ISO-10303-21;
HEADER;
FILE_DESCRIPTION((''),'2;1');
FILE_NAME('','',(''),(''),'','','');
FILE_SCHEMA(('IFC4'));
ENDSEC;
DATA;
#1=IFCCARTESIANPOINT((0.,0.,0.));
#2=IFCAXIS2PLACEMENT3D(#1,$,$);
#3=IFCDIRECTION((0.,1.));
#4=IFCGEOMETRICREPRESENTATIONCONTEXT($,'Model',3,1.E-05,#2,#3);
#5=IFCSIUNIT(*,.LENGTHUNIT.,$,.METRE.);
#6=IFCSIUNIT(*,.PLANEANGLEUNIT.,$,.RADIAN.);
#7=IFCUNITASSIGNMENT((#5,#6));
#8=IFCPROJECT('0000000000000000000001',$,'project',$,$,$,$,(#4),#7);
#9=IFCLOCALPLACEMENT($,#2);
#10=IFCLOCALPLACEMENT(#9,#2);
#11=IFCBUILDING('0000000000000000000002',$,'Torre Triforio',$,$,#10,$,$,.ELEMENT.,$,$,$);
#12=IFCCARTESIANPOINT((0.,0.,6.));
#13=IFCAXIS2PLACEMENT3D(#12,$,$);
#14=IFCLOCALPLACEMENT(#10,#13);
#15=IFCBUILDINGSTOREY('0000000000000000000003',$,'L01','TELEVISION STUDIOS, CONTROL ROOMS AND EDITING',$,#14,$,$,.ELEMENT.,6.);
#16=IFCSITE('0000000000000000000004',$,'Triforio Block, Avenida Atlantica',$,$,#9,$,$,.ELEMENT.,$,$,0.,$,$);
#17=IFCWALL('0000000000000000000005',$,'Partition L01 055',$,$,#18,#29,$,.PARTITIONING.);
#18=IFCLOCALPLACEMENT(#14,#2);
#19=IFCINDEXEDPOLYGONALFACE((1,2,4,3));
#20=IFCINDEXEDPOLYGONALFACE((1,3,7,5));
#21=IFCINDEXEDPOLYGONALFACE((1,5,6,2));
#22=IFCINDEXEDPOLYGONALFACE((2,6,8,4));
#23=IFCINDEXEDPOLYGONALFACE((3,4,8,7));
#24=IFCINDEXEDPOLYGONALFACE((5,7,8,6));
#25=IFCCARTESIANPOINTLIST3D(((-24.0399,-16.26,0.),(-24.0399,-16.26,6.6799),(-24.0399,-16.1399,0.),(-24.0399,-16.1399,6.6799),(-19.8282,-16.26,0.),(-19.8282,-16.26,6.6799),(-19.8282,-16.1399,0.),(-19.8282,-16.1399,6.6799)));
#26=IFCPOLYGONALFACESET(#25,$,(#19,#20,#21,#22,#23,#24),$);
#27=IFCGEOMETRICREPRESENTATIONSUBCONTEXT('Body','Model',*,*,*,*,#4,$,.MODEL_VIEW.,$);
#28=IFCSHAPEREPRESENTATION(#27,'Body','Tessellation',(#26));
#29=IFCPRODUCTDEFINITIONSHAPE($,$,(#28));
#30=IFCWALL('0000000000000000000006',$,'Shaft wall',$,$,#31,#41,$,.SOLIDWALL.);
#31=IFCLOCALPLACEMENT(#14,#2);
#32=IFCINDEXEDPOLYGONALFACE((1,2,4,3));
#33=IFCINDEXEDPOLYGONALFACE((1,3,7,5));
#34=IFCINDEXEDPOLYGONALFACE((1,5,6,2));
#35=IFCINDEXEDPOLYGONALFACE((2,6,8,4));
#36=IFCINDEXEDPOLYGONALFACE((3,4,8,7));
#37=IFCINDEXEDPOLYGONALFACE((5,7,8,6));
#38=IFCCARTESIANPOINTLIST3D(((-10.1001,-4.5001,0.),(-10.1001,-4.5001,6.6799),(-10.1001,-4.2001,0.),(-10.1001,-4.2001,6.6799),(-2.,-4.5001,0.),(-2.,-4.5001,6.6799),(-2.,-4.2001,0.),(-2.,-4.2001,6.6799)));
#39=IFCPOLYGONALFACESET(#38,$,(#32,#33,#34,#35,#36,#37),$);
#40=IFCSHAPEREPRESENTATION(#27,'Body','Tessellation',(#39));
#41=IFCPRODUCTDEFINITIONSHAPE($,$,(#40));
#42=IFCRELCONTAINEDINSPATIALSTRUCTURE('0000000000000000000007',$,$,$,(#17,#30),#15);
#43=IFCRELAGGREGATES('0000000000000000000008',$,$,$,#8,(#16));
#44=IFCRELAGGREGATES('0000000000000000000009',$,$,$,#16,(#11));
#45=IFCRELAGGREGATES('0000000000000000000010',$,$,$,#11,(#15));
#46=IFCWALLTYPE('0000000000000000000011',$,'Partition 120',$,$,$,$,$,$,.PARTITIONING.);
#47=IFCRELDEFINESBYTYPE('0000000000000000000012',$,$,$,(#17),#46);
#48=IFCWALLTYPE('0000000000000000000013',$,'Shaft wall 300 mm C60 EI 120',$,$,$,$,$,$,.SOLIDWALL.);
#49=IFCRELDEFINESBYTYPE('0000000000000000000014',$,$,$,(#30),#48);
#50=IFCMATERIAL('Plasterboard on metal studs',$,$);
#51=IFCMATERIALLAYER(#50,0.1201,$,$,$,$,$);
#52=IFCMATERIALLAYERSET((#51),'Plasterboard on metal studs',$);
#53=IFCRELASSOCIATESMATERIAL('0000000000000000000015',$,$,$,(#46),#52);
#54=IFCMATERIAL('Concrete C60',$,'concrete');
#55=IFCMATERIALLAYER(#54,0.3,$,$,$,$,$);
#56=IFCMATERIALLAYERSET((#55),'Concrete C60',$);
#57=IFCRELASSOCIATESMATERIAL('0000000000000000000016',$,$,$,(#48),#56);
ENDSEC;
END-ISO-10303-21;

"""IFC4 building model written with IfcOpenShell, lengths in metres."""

from ifc_helpers import new_model, si_unit, direction, frame, frame_2d, origin, place, context, subcontext, project, spatial, rectangle, extrude, material, layer, layer_set, type_object, element, save


model = new_model("IFC4")

# Units and contexts
model_context = context("Model", 3, precision=1e-05, world=origin(), true_north=direction((0.0, 1.0)))
body_context = subcontext(model_context, "Body", "Model", "MODEL_VIEW")
ifc_project = project(units=[si_unit("LENGTHUNIT", "METRE"), si_unit("PLANEANGLEUNIT", "RADIAN")], contexts=[model_context])

# Site, building, storey
site_placement = place(None, origin())
site = spatial("IfcSite", under=ifc_project, at=site_placement, Name="Triforio Block, Avenida Atlantica", CompositionType="ELEMENT", RefElevation=0.0)
building_placement = place(site_placement, origin())
building = spatial("IfcBuilding", under=site, at=building_placement, Name="Torre Triforio", CompositionType="ELEMENT")
storey_placement = place(building_placement, frame((0.0, 0.0, 6.0)))
storey = spatial("IfcBuildingStorey", under=building, at=storey_placement, Name="L01", Description="TELEVISION STUDIOS, CONTROL ROOMS AND EDITING", CompositionType="ELEMENT", Elevation=6.0)

# Shared definitions
ifc_material_1 = material(Name="Concrete C60", Category="concrete")

# Shared definitions
ifc_material_2 = material(Name="Plasterboard on metal studs")

# Walls
ifc_layer_1 = layer(ifc_material_2, 0.1201)
ifc_layer_set_1 = layer_set([ifc_layer_1], Name="Plasterboard on metal studs")
wall_type_1 = type_object("IfcWallType", Name="Partition 120", PredefinedType="PARTITIONING", material=ifc_layer_set_1)
wall_1_placement = place(storey_placement, frame((-24.04, -16.2, 0.0), z_axis=(0.0, 0.0, 1.0), x_axis=(1.0, 0.0, 0.0)))
element("IfcWall", 1, at=wall_1_placement, inside=storey, type_object=wall_type_1, Name="Partition L01 055", PredefinedType="PARTITIONING", context=body_context, shape_type="SweptSolid", body=[
    extrude(rectangle(XDim=4.2117, YDim=0.1201, at=frame_2d((2.106, 0.0))), origin(), (0.0, 0.0, 1.0), 6.6799),
])
ifc_layer_2 = layer(ifc_material_1, 0.3)
ifc_layer_set_2 = layer_set([ifc_layer_2], Name="Concrete C60")
wall_type_2 = type_object("IfcWallType", Name="Shaft wall 300 mm C60 EI 120", PredefinedType="SOLIDWALL", material=ifc_layer_set_2)
wall_2_placement = place(storey_placement, frame((-10.1001, -4.3501, 0.0), z_axis=(0.0, 0.0, 1.0), x_axis=(1.0, 0.0, 0.0)))
element("IfcWall", 2, at=wall_2_placement, inside=storey, type_object=wall_type_2, Name="Shaft wall", PredefinedType="SOLIDWALL", context=body_context, shape_type="SweptSolid", body=[
    extrude(rectangle(XDim=8.1001, YDim=0.3, at=frame_2d((4.05, 0.0))), origin(), (0.0, 0.0, 1.0), 6.6799),
])

save(model, "model.ifc")
